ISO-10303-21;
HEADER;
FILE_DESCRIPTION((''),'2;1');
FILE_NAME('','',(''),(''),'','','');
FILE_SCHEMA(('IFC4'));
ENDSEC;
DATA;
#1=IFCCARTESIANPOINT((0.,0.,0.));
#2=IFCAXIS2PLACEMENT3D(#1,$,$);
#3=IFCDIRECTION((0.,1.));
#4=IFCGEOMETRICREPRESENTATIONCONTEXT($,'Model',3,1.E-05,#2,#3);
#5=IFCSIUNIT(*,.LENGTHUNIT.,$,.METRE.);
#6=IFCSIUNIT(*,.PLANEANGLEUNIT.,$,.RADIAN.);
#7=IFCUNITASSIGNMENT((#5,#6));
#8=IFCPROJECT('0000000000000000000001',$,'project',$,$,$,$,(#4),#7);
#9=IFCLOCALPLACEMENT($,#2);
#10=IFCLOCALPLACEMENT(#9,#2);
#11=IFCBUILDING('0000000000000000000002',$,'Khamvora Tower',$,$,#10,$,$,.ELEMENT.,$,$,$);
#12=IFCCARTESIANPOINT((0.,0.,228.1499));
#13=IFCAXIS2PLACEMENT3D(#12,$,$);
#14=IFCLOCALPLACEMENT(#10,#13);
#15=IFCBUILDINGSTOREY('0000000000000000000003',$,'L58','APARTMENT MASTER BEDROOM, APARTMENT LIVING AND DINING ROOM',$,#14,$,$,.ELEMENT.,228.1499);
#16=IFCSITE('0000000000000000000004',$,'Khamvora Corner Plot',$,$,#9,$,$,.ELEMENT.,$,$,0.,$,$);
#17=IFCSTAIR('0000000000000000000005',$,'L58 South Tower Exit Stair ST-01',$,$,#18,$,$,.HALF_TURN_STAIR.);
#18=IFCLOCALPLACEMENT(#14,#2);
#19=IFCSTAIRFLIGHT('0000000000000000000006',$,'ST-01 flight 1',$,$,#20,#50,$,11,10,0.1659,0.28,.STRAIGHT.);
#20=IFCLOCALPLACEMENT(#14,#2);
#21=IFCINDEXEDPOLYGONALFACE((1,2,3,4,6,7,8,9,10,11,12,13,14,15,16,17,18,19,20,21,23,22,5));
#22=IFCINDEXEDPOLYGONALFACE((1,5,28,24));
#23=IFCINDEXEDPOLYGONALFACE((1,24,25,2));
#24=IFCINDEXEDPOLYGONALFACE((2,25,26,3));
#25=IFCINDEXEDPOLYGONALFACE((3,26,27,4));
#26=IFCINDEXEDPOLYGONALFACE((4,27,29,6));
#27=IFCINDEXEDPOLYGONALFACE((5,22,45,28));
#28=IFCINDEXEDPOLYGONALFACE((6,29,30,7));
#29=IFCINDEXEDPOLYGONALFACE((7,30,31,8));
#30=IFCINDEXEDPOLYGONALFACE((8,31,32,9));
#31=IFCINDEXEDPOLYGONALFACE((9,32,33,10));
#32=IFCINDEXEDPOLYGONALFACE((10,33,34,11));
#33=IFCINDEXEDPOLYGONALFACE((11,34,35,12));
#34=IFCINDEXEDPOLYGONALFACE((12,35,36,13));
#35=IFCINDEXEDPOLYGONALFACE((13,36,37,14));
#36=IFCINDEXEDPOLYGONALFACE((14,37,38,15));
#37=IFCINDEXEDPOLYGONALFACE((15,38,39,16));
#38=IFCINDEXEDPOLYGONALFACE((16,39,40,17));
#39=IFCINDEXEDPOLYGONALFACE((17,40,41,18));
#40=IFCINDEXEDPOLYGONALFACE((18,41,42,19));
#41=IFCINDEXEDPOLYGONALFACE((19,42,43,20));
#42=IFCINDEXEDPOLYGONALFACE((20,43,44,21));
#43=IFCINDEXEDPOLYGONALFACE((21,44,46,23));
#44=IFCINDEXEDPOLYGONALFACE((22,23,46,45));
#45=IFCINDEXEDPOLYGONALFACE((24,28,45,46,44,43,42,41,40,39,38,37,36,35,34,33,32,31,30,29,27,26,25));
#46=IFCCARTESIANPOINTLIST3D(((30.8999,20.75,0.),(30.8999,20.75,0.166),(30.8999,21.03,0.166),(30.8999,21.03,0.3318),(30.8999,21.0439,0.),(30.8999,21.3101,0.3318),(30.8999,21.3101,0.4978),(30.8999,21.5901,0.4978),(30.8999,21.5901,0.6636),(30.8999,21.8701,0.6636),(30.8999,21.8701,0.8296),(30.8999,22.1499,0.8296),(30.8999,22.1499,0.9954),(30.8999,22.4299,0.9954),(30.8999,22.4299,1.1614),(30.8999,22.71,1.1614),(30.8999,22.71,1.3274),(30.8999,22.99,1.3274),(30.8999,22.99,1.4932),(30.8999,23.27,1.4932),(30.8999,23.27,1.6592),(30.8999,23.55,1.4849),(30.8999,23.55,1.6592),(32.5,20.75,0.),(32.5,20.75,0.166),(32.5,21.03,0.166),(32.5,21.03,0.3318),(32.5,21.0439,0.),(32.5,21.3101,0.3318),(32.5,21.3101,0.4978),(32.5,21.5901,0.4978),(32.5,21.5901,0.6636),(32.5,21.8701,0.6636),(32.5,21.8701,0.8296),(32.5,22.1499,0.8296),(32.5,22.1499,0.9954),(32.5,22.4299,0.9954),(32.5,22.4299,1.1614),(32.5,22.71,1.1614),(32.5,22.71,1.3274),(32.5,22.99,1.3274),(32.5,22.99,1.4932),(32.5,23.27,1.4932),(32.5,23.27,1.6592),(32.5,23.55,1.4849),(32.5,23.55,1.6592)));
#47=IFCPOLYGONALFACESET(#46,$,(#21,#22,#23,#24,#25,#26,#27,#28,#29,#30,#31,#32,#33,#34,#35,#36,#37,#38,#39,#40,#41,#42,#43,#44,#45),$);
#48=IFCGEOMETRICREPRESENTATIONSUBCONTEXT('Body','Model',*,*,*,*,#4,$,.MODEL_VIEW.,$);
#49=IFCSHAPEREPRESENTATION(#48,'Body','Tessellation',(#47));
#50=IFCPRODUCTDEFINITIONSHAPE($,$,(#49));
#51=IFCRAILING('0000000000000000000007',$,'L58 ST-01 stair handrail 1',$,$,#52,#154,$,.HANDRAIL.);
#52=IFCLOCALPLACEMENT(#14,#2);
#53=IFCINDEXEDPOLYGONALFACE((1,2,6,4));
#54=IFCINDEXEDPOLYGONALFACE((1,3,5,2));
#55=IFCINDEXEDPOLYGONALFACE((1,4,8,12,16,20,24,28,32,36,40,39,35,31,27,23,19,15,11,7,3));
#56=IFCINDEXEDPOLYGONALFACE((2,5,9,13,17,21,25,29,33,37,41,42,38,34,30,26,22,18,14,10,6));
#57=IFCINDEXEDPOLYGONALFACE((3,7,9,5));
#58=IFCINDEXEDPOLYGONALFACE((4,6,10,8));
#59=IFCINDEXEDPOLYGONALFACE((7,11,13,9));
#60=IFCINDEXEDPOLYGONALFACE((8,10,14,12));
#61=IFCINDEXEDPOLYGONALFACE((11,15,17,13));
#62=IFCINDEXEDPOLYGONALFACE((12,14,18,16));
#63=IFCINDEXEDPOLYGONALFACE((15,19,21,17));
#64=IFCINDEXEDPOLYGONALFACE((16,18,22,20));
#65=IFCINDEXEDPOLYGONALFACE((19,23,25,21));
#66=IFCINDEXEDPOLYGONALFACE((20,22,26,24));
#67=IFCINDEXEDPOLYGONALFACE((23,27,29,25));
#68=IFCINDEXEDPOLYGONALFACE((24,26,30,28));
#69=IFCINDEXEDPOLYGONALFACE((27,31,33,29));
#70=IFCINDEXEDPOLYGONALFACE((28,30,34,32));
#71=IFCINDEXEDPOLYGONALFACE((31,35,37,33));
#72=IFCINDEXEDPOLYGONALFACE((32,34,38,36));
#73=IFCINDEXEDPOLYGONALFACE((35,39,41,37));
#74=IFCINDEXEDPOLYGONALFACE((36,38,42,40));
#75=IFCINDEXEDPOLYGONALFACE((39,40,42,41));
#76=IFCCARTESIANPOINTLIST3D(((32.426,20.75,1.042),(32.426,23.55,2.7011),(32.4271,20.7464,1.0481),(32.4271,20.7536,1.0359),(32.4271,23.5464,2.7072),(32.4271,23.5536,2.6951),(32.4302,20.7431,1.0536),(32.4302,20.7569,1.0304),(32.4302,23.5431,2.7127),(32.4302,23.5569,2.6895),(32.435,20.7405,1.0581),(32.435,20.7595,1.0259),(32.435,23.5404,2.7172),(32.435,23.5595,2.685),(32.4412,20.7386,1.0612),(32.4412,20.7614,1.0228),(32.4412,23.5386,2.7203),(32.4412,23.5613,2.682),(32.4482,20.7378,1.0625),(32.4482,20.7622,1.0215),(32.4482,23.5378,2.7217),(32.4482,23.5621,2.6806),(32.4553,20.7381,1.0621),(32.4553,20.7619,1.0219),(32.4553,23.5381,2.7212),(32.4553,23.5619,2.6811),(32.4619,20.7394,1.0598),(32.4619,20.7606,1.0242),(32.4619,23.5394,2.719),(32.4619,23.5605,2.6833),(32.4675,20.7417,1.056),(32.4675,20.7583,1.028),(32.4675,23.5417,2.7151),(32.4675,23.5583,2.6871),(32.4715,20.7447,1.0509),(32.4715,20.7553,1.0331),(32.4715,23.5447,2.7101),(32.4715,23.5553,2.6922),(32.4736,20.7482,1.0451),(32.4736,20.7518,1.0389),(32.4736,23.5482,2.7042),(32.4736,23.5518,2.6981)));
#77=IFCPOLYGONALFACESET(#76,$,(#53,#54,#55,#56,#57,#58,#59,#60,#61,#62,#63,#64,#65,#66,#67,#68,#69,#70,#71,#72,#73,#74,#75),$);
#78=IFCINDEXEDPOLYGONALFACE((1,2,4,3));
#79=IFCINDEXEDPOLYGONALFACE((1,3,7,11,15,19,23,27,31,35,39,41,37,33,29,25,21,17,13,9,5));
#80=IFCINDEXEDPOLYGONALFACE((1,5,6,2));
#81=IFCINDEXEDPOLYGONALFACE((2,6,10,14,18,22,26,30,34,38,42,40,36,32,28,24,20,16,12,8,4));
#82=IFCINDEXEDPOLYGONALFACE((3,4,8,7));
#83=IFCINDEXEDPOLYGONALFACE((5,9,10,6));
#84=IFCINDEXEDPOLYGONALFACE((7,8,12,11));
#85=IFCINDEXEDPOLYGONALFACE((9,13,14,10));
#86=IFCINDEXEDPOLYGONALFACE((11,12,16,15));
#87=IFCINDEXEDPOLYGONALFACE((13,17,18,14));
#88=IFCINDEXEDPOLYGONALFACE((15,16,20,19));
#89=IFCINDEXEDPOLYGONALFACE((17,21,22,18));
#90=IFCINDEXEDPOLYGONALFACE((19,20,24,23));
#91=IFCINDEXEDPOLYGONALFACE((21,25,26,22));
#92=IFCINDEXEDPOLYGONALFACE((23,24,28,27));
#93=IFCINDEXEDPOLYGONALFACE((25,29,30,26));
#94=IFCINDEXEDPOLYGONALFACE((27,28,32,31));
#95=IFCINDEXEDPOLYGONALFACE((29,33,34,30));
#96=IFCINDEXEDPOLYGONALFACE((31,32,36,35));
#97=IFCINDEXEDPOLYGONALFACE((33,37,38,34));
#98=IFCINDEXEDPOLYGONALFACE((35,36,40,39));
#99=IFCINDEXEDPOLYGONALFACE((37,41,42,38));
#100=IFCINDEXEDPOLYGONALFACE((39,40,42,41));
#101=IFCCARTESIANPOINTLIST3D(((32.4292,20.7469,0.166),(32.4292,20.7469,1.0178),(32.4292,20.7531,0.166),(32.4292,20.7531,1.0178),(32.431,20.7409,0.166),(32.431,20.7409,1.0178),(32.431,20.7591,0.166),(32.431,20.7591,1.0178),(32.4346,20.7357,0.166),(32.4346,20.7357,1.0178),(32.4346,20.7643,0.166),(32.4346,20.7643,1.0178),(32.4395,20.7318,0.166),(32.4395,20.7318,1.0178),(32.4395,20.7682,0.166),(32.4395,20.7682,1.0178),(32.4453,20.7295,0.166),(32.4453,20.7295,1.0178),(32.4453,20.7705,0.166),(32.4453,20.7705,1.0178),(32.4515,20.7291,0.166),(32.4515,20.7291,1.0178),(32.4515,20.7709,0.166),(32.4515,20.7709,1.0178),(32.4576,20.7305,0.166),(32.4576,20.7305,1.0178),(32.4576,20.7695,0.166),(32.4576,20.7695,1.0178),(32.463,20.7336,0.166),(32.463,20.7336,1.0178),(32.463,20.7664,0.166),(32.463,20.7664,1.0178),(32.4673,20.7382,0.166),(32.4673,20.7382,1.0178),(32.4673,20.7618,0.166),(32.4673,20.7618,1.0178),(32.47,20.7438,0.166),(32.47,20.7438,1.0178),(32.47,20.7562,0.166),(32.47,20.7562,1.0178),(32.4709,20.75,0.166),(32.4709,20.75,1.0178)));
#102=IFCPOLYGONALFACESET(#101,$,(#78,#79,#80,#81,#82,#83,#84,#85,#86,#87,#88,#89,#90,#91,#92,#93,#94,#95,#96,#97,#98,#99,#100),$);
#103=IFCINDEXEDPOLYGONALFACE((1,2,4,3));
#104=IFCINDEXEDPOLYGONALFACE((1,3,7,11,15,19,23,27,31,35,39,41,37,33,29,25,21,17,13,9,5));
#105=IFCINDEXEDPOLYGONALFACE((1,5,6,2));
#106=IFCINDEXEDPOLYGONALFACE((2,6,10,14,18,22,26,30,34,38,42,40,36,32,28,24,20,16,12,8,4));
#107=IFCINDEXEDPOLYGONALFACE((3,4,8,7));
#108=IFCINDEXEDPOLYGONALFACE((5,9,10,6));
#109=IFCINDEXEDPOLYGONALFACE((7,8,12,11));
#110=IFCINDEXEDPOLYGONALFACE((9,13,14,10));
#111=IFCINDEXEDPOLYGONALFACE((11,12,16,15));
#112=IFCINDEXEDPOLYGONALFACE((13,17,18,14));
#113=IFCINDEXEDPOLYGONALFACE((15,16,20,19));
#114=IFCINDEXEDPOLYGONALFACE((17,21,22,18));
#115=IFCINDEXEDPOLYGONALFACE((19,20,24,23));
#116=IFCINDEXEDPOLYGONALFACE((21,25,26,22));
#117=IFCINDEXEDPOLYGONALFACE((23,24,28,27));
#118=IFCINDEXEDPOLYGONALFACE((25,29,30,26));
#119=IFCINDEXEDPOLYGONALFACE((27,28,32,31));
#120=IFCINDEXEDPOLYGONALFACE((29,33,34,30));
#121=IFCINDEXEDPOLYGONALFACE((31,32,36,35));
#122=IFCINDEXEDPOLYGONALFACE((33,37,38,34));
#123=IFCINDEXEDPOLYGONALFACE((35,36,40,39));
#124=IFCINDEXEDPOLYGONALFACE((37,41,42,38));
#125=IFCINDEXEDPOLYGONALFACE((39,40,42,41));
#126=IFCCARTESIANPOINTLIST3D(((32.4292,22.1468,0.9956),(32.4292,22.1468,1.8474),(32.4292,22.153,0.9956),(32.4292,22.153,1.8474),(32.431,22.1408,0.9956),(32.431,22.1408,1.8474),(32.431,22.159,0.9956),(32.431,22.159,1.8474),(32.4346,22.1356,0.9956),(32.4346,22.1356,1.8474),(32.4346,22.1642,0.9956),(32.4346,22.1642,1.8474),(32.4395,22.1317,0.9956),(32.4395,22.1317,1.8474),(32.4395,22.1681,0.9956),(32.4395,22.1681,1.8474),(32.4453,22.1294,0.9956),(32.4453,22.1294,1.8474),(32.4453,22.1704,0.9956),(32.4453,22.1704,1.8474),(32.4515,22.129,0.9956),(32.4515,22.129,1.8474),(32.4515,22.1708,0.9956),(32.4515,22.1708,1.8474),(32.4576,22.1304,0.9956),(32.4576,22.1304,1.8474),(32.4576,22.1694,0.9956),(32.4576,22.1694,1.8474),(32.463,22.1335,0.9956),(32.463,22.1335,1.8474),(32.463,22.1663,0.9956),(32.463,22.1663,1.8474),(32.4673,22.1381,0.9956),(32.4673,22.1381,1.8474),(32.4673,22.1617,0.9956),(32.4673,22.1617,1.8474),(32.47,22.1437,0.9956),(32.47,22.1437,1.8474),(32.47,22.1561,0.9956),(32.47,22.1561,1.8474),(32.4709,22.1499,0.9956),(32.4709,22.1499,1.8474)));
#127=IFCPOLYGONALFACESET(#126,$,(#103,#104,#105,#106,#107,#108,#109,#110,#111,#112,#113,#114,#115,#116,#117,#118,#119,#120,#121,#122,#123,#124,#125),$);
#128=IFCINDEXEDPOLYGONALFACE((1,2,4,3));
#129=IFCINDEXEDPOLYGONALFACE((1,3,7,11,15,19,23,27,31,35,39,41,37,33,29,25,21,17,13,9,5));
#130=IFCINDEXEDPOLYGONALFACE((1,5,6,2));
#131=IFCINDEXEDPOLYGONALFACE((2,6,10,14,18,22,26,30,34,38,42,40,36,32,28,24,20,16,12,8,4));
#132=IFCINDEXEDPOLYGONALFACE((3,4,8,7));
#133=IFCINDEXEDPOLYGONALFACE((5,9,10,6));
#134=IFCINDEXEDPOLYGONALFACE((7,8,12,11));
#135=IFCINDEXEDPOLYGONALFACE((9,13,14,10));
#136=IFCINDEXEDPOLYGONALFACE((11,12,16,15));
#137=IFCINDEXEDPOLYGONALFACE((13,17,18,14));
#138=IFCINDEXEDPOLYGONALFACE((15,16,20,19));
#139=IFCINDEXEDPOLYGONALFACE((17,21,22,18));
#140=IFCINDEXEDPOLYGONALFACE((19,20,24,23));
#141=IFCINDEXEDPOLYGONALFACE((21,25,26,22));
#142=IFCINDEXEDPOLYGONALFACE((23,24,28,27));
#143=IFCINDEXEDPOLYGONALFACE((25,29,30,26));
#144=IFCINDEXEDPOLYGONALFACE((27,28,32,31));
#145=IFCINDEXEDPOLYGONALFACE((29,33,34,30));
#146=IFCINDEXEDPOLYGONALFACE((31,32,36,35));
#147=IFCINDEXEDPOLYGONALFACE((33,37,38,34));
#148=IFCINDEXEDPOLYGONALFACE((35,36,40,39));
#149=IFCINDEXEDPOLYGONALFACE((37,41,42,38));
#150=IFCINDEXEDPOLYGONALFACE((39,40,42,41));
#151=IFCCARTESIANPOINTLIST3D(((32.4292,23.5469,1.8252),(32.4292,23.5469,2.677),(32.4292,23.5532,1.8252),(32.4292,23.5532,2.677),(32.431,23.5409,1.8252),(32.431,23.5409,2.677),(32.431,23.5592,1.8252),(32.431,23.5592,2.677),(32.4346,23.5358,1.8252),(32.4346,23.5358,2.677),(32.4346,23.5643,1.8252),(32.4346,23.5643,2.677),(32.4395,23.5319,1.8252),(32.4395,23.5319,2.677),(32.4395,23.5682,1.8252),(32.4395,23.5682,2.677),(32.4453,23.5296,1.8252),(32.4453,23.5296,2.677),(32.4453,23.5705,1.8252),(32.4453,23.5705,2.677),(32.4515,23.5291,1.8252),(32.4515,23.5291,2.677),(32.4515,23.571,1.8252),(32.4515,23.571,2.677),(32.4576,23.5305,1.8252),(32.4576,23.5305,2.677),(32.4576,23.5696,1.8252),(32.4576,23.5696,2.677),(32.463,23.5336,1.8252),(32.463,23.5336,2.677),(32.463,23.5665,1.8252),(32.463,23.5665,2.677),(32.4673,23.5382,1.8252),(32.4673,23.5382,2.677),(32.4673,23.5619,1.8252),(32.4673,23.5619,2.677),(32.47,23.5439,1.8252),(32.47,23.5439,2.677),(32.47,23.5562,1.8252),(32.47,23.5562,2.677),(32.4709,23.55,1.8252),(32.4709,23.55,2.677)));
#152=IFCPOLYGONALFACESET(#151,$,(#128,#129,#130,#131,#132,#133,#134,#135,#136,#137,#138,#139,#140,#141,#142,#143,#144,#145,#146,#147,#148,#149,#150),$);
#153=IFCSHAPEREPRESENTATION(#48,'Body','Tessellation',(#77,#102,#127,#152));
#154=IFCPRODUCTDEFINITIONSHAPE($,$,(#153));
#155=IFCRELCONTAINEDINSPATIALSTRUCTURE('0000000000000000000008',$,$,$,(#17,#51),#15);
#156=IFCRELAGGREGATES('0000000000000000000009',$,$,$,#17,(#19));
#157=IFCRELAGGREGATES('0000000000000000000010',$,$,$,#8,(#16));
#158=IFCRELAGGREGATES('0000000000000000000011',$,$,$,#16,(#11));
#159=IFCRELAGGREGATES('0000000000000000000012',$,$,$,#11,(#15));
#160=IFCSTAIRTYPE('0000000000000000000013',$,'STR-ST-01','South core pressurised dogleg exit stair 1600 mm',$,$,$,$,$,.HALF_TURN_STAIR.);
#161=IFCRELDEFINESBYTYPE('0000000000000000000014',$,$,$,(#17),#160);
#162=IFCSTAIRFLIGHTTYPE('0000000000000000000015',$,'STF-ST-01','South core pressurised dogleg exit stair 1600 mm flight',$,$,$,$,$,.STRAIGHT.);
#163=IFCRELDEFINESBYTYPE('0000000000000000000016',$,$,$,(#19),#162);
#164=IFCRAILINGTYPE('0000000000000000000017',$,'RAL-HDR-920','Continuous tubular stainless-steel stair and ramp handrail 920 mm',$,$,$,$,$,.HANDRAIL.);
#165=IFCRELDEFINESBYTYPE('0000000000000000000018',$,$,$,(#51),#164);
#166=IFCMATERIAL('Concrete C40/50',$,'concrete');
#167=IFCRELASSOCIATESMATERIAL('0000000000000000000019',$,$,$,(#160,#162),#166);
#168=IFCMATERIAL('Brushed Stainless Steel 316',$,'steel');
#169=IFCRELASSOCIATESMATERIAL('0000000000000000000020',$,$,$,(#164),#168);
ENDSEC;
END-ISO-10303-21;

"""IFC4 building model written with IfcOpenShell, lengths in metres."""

from ifc_helpers import new_model, si_unit, direction, frame, origin, origin_2d, place, context, subcontext, project, spatial, polyline, circle, outline, extrude, material, type_object, element, aggregate, save


model = new_model("IFC4")

# Units and contexts
model_context = context("Model", 3, precision=1e-05, world=origin(), true_north=direction((0.0, 1.0)))
body_context = subcontext(model_context, "Body", "Model", "MODEL_VIEW")
ifc_project = project(units=[si_unit("LENGTHUNIT", "METRE"), si_unit("PLANEANGLEUNIT", "RADIAN")], contexts=[model_context])

# Site, building, storey
site_placement = place(None, origin())
site = spatial("IfcSite", under=ifc_project, at=site_placement, Name="Khamvora Corner Plot", CompositionType="ELEMENT", RefElevation=0.0)
building_placement = place(site_placement, origin())
building = spatial("IfcBuilding", under=site, at=building_placement, Name="Khamvora Tower", CompositionType="ELEMENT")
storey_placement = place(building_placement, frame((0.0, 0.0, 228.1499)))
storey = spatial("IfcBuildingStorey", under=building, at=storey_placement, Name="L58", Description="APARTMENT MASTER BEDROOM, APARTMENT LIVING AND DINING ROOM", CompositionType="ELEMENT", Elevation=228.1499)

# Stair, stair flight
ifc_material_1 = material(Name="Concrete C40/50", Category="concrete")
stair_type = type_object("IfcStairType", Name="STR-ST-01", Description="South core pressurised dogleg exit stair 1600 mm", PredefinedType="HALF_TURN_STAIR", material=ifc_material_1)
stair_placement = place(storey_placement, origin())
stair = element("IfcStair", 1, at=stair_placement, inside=storey, type_object=stair_type, Name="L58 South Tower Exit Stair ST-01", PredefinedType="HALF_TURN_STAIR")
stair_flight_type = type_object("IfcStairFlightType", Name="STF-ST-01", Description="South core pressurised dogleg exit stair 1600 mm flight", PredefinedType="STRAIGHT", material=ifc_material_1)
stair_flight_placement = place(storey_placement, frame((31.7, 20.75, 0.0), z_axis=(0.0, 0.0, 1.0), x_axis=(0.0, 1.0, 0.0)))
stair_flight = element("IfcStairFlight", 2, at=stair_flight_placement, type_object=stair_flight_type, Name="ST-01 flight 1", NumberOfRisers=11, NumberOfTreads=10, PredefinedType="STRAIGHT", RiserHeight=0.1659, TreadLength=0.28, context=body_context, shape_type="SweptSolid", body=[
    extrude(outline(polyline([(0.0, 0.0), (0.0, 0.166), (0.28, 0.166), (0.28, 0.3318), (0.5601, 0.3318), (0.5601, 0.4978), (0.8401, 0.4978), (0.8401, 0.6636), (1.1201, 0.6636), (1.1201, 0.8296), (1.3999, 0.8296), (1.3999, 0.9954), (1.6799, 0.9954), (1.6799, 1.1614), (1.96, 1.1614), (1.96, 1.3274), (2.24, 1.3274), (2.24, 1.4932), (2.52, 1.4932), (2.52, 1.6592), (2.8, 1.6592), (2.8, 1.825), (2.8, 1.4849), (0.2939, 0.0), (0.0, 0.0)])), frame((0.0, 0.8, 0.0), z_axis=(0.0, -1.0, 0.0), x_axis=(1.0, 0.0, 0.0)), (0.0, 0.0, 1.0), 1.6001),
])
aggregate(stair, [stair_flight])

# Railing
ifc_material_2 = material(Name="Brushed Stainless Steel 316", Category="steel")
railing_type_1 = type_object("IfcRailingType", Name="RAL-HDR-920", Description="Continuous tubular stainless-steel stair and ramp handrail 920 mm", PredefinedType="HANDRAIL", material=ifc_material_2)
railing_1_placement = place(storey_placement, frame((32.45, 20.75, 0.166)))
element("IfcRailing", 3, at=railing_1_placement, inside=storey, type_object=railing_type_1, Name="L58 ST-01 stair handrail 1", PredefinedType="HANDRAIL", context=body_context, shape_type="SweptSolid", body=[
    extrude(circle(Radius=0.0239, at=origin_2d()), frame((0.0, 0.0, 0.876), z_axis=(0.0, 0.860306, 0.509778), x_axis=(-1.0, 0.0, 0.0)), (0.0, 0.0, 1.0), 3.2546),
    extrude(circle(Radius=0.021, at=origin_2d()), origin(), (0.0, 0.0, 1.0), 0.8518),
    extrude(circle(Radius=0.021, at=origin_2d()), frame((0.0, 1.3999, 0.8296)), (0.0, 0.0, 1.0), 0.8518),
    extrude(circle(Radius=0.021, at=origin_2d()), frame((0.0, 2.8, 1.6592)), (0.0, 0.0, 1.0), 0.8518),
])

save(model, "model.ifc")
